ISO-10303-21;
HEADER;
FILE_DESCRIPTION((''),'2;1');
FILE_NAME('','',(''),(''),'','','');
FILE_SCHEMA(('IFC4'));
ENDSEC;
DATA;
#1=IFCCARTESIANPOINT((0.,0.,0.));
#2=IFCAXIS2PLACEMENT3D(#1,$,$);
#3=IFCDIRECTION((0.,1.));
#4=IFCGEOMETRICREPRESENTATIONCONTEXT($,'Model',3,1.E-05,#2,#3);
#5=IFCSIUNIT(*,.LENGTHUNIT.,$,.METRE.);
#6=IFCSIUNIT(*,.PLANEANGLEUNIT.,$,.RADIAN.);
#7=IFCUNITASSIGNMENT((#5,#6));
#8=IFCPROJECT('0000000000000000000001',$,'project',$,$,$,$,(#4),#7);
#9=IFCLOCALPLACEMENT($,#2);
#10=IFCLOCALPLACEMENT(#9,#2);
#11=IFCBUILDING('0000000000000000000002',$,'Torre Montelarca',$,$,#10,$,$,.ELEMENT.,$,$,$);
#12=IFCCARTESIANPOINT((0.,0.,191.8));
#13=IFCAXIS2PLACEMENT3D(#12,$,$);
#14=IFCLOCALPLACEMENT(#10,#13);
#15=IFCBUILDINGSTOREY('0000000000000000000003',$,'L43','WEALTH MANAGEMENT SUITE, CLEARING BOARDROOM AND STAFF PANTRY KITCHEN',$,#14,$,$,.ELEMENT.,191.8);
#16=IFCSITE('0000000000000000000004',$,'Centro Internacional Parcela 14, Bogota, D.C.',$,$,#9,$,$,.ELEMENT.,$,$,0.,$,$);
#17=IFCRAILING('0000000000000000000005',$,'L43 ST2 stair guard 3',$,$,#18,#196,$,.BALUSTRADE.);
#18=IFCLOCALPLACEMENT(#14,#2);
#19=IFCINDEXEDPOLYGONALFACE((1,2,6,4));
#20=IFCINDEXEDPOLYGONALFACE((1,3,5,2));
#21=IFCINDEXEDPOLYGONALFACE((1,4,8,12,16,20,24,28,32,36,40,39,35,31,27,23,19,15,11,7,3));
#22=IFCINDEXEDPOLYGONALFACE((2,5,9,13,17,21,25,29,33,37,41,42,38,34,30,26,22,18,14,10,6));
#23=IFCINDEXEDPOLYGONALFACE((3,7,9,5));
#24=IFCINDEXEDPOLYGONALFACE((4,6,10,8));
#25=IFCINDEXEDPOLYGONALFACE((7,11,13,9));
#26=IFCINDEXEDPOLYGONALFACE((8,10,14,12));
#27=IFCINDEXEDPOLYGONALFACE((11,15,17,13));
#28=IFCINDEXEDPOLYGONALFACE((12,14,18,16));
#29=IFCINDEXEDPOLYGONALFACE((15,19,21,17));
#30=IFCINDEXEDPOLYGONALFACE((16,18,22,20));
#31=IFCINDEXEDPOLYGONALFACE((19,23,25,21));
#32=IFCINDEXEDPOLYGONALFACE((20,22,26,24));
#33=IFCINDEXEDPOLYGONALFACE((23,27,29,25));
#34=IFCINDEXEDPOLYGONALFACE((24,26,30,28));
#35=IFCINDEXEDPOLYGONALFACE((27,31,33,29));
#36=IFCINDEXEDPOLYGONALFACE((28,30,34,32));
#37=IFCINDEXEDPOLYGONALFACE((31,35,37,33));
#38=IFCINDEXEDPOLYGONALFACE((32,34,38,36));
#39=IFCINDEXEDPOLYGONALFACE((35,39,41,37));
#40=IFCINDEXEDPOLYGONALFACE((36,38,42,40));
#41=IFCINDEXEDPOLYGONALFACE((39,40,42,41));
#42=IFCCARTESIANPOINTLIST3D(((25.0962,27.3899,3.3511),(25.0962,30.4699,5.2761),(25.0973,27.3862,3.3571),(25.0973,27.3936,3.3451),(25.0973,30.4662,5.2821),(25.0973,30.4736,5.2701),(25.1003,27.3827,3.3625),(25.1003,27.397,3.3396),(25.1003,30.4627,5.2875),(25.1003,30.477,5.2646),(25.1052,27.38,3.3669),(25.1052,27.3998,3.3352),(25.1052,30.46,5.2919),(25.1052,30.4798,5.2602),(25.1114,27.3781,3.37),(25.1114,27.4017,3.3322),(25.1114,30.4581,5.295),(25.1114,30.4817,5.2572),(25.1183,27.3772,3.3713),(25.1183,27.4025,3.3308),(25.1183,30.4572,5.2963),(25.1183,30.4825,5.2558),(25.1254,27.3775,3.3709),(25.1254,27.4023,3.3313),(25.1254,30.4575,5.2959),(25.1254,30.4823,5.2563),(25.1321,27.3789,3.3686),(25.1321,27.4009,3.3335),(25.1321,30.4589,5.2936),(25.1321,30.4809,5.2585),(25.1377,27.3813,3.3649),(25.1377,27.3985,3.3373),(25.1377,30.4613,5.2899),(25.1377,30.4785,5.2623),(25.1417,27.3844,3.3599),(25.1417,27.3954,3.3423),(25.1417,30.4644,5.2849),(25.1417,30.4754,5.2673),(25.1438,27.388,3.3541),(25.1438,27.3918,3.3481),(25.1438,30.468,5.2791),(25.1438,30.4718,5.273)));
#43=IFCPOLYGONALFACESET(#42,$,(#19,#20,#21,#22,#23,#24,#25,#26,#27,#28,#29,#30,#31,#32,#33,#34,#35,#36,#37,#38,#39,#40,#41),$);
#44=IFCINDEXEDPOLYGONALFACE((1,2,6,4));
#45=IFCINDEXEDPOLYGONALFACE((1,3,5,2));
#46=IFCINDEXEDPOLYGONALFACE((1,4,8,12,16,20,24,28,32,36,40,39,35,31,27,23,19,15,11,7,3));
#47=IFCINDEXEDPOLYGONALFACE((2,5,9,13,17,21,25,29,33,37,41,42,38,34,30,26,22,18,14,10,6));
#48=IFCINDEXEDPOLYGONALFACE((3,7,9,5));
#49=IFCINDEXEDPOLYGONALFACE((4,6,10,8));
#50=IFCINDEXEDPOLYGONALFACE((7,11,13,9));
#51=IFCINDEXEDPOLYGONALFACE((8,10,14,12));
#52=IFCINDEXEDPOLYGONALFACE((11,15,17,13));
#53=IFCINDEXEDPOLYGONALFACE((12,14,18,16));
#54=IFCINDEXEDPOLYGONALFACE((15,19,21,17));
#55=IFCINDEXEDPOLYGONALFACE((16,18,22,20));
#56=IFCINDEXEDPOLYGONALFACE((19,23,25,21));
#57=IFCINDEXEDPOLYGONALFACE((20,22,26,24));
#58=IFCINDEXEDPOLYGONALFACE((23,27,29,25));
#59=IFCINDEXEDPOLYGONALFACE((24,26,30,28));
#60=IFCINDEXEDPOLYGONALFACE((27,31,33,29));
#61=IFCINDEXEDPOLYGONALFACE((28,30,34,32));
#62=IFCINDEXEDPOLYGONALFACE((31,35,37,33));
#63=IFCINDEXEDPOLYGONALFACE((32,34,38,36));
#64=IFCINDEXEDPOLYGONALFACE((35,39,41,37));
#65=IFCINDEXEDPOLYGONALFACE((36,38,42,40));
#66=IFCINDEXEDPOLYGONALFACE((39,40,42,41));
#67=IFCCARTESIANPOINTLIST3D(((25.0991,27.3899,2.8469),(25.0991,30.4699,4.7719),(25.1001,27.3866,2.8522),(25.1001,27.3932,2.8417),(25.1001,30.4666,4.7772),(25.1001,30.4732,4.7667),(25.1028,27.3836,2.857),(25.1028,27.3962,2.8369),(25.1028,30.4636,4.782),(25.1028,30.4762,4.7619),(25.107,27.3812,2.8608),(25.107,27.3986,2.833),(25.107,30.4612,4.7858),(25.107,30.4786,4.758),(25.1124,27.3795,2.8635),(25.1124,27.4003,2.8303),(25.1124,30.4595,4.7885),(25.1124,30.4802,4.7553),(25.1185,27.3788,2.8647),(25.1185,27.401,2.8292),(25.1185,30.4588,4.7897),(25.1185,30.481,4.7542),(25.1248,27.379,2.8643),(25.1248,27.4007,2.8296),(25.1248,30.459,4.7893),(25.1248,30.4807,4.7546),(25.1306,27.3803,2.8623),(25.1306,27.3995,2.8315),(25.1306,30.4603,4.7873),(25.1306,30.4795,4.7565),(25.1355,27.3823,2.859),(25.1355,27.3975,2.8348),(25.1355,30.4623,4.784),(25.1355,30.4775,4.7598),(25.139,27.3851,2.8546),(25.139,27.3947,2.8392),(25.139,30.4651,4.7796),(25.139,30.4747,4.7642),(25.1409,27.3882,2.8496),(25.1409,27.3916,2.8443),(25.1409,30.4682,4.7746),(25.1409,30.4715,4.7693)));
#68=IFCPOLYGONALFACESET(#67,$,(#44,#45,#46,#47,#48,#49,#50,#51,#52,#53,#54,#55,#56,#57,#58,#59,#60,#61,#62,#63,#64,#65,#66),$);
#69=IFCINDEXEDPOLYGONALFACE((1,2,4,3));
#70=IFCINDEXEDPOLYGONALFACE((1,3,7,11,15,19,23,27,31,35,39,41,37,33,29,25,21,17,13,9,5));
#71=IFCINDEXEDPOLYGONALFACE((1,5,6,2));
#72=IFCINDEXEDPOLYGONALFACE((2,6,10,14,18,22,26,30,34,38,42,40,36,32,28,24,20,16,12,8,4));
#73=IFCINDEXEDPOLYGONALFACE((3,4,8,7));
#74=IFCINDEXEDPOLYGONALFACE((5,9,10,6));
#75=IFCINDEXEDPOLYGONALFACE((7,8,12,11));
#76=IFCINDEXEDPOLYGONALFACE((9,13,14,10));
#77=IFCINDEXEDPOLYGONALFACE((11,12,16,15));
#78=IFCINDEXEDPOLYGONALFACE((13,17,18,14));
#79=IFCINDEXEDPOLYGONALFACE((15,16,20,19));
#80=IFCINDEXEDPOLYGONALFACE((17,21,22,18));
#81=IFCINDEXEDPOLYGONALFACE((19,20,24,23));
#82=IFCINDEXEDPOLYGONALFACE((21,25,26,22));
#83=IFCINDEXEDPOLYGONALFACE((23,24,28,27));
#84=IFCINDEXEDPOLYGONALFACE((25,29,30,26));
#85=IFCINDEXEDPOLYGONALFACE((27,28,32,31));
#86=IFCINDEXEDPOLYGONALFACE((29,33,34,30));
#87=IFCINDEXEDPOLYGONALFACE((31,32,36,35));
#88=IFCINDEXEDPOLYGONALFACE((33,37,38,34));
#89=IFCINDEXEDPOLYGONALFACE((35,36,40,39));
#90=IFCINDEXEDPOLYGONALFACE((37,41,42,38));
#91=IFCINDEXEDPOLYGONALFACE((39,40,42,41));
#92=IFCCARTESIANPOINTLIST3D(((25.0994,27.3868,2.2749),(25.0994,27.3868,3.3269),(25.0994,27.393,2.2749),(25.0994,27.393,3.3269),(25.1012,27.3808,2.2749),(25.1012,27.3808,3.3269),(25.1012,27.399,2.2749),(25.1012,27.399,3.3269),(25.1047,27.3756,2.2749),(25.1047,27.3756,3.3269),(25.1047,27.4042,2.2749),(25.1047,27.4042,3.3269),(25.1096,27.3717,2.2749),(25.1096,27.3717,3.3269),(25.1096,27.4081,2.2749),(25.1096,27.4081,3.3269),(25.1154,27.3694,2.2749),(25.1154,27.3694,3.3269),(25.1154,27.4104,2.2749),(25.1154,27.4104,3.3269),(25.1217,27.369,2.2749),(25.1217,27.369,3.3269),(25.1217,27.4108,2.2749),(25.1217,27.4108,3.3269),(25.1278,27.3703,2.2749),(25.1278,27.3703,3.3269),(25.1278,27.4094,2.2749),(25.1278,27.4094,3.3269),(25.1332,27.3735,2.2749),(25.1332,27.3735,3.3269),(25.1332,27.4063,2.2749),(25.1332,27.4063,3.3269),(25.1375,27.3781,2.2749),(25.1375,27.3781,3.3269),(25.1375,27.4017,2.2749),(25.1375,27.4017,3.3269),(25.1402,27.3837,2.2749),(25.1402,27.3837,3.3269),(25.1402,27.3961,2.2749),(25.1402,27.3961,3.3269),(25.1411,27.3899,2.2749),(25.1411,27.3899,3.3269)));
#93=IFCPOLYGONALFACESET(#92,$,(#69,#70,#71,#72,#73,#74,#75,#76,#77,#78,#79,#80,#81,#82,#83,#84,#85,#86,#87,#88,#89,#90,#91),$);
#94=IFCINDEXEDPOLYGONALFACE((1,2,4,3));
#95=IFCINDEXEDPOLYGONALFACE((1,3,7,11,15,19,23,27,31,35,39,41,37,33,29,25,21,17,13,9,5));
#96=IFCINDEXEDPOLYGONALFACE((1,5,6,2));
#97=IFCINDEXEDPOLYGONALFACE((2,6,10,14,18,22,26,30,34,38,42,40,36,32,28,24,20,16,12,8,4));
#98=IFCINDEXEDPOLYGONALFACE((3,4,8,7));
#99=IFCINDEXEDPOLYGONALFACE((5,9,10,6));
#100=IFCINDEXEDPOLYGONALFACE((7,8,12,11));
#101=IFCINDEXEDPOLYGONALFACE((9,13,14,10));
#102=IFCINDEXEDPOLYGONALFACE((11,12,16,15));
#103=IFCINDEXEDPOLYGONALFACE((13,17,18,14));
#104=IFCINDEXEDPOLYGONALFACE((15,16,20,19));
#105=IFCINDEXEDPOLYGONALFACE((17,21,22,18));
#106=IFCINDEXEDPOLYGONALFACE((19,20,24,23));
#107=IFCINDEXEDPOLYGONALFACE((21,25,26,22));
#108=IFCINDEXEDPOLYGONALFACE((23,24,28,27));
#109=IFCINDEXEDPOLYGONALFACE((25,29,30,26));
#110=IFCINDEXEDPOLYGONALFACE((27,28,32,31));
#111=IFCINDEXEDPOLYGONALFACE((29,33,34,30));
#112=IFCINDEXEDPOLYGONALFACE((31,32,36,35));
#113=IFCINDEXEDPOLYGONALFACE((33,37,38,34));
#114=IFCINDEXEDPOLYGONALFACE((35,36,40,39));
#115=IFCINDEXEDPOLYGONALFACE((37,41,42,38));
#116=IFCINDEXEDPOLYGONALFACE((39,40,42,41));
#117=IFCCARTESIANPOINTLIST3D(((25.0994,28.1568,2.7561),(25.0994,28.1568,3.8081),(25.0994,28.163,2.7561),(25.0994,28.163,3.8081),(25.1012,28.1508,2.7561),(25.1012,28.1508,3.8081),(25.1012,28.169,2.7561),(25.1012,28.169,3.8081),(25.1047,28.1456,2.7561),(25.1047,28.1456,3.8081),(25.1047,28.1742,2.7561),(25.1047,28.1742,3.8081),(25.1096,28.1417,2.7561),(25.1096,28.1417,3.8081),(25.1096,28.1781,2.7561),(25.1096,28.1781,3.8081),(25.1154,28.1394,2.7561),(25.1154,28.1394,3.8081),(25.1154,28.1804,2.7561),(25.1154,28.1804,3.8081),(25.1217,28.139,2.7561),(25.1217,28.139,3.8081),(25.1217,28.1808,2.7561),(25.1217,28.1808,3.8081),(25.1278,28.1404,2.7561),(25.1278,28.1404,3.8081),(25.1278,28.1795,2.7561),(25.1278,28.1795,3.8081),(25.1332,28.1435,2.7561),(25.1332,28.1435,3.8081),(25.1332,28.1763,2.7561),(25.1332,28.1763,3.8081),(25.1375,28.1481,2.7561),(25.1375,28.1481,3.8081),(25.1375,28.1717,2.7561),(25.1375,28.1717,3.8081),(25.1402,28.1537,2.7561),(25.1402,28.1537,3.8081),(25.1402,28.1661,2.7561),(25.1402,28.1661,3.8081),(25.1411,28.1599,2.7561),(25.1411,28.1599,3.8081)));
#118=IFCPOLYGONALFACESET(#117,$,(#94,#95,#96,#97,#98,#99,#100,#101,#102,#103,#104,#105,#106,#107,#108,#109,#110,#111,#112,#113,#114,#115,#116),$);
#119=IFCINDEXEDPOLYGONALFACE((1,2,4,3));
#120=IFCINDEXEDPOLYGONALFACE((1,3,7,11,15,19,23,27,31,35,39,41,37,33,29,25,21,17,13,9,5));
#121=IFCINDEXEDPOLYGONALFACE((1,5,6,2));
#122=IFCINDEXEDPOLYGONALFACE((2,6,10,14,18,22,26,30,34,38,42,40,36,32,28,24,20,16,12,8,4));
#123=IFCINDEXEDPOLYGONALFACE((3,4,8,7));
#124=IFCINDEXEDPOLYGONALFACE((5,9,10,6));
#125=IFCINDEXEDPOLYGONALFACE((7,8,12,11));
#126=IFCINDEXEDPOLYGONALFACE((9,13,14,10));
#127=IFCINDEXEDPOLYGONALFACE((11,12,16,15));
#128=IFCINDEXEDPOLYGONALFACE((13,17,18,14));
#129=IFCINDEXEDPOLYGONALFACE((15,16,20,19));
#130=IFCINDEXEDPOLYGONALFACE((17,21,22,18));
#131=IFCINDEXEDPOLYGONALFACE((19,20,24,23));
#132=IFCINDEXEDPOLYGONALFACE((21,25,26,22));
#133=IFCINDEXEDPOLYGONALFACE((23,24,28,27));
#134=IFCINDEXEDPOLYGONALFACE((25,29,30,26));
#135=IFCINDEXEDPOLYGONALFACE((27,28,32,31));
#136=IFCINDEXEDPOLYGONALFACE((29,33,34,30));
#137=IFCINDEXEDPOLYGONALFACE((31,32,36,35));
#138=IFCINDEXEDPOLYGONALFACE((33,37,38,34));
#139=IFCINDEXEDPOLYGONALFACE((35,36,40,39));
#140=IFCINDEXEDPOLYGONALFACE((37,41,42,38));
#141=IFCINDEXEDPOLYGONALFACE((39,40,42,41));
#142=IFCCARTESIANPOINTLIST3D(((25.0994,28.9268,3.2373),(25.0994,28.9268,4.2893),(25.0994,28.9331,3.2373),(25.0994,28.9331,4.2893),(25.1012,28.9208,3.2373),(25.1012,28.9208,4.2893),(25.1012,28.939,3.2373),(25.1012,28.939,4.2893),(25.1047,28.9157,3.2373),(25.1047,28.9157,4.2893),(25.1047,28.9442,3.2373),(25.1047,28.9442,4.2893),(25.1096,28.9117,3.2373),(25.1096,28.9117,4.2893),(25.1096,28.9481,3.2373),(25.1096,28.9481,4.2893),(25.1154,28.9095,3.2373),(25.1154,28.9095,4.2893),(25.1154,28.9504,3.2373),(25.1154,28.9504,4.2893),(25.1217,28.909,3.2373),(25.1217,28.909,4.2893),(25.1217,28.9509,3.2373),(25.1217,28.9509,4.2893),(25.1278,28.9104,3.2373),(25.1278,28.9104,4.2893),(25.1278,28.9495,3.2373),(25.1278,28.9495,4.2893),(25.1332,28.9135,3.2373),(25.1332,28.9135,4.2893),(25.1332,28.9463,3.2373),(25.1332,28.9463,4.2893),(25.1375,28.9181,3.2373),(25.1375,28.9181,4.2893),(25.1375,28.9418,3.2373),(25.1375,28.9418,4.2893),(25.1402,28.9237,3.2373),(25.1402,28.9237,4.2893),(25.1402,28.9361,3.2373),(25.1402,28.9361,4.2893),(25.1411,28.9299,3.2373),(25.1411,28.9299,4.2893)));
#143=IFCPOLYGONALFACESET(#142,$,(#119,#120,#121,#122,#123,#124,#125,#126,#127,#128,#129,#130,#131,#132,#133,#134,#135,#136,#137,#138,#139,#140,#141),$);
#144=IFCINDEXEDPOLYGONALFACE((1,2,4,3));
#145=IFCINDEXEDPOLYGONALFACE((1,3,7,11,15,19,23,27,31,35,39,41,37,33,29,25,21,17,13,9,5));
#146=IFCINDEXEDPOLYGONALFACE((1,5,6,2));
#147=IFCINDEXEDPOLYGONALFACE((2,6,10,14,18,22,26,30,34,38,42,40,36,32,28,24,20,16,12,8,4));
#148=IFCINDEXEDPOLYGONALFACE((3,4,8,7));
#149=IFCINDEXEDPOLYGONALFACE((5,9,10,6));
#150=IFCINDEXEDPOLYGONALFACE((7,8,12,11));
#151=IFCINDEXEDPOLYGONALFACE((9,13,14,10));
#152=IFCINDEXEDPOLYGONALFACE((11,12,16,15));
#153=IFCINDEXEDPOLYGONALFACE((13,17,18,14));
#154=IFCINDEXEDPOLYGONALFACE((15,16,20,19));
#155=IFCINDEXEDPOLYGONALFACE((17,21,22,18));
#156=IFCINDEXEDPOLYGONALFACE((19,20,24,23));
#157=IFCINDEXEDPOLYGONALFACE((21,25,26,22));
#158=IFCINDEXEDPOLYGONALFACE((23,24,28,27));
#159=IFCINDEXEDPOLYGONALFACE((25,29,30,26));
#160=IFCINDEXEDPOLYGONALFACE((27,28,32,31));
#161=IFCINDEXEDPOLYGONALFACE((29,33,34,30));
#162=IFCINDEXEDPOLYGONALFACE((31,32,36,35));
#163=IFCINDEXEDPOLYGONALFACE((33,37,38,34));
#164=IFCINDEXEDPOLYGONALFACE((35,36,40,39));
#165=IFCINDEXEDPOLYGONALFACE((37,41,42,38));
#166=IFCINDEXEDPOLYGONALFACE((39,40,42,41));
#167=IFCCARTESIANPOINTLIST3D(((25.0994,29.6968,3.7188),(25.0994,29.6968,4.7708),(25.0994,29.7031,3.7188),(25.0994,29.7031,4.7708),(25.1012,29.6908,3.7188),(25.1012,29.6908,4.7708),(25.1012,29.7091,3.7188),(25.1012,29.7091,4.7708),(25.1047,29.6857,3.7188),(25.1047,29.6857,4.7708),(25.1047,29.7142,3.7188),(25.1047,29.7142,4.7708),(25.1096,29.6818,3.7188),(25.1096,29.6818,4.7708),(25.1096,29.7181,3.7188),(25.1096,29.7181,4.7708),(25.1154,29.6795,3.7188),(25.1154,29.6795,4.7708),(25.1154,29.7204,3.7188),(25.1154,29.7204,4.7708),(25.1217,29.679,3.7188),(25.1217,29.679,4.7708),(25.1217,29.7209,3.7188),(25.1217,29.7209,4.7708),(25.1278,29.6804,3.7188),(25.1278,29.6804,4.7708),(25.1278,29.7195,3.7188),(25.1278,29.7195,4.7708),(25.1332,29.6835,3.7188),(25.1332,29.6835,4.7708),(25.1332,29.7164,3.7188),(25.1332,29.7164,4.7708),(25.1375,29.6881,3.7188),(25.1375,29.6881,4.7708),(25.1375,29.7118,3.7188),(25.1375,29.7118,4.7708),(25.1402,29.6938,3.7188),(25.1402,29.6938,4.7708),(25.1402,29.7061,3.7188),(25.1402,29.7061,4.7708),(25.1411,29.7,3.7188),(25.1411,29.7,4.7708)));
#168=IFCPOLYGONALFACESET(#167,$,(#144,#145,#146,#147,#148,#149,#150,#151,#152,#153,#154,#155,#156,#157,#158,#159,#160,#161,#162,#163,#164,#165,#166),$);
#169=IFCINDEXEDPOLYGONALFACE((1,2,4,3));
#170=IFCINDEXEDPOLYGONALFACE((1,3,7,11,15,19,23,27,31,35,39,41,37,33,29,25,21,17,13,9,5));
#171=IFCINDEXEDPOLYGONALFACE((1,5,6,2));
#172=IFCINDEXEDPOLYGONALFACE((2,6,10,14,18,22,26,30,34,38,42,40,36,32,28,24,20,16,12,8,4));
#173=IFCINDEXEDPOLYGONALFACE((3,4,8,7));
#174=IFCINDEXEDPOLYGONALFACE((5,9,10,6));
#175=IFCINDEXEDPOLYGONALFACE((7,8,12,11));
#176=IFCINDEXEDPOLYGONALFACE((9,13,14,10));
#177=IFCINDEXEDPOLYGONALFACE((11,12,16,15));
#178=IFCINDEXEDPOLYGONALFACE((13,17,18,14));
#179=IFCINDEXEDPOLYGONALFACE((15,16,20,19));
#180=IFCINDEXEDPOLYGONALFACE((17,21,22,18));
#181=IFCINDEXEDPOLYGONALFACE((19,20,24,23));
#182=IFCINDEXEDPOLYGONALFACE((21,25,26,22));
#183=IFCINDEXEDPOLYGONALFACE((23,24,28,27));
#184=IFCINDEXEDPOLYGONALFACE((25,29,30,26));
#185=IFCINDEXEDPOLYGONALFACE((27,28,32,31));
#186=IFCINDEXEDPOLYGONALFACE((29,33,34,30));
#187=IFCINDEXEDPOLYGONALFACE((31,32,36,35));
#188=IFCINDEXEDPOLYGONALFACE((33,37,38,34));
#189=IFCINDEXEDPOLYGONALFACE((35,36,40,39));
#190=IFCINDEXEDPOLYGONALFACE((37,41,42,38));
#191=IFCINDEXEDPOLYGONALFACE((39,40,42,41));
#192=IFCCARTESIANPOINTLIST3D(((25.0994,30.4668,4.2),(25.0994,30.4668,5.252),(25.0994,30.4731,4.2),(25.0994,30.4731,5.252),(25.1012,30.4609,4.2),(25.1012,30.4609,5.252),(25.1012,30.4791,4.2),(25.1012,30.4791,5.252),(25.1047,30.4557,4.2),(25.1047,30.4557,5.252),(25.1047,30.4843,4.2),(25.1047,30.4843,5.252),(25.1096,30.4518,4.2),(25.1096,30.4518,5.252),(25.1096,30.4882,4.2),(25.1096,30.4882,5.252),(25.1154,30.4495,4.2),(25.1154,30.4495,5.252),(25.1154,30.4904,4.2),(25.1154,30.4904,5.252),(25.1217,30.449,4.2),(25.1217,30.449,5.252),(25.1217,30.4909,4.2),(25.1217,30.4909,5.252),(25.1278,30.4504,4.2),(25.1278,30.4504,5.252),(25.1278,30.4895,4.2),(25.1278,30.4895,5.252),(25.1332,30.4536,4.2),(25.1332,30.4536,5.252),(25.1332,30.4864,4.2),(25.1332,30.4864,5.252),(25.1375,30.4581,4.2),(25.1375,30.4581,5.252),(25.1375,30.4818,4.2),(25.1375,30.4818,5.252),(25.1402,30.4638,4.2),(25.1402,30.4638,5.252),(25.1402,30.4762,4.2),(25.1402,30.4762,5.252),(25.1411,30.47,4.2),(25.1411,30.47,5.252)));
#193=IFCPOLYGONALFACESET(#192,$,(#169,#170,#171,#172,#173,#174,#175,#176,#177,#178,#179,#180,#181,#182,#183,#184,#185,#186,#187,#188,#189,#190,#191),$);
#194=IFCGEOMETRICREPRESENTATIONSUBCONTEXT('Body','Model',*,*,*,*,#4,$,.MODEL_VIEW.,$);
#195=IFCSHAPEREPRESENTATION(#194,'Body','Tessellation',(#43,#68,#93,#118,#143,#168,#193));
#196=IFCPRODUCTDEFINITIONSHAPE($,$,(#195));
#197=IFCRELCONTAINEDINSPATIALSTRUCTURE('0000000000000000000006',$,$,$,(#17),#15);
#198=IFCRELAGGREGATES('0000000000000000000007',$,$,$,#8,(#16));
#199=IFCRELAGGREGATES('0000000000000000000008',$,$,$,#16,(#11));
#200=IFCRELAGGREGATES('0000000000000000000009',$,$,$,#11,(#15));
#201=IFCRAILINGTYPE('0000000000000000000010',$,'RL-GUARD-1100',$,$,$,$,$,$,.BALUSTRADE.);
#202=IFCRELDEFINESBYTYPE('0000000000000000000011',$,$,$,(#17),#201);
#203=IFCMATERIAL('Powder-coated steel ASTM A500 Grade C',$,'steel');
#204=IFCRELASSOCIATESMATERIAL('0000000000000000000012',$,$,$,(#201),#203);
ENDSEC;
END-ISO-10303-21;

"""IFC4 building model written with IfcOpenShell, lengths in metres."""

from ifc_helpers import new_model, si_unit, direction, frame, origin, origin_2d, place, context, subcontext, project, spatial, circle, extrude, material, type_object, element, save


model = new_model("IFC4")

# Units and contexts
model_context = context("Model", 3, precision=1e-05, world=origin(), true_north=direction((0.0, 1.0)))
body_context = subcontext(model_context, "Body", "Model", "MODEL_VIEW")
ifc_project = project(units=[si_unit("LENGTHUNIT", "METRE"), si_unit("PLANEANGLEUNIT", "RADIAN")], contexts=[model_context])

# Site, building, storey
site_placement = place(None, origin())
site = spatial("IfcSite", under=ifc_project, at=site_placement, Name="Centro Internacional Parcela 14, Bogota, D.C.", CompositionType="ELEMENT", RefElevation=0.0)
building_placement = place(site_placement, origin())
building = spatial("IfcBuilding", under=site, at=building_placement, Name="Torre Montelarca", CompositionType="ELEMENT")
storey_placement = place(building_placement, frame((0.0, 0.0, 191.8)))
storey = spatial("IfcBuildingStorey", under=building, at=storey_placement, Name="L43", Description="WEALTH MANAGEMENT SUITE, CLEARING BOARDROOM AND STAFF PANTRY KITCHEN", CompositionType="ELEMENT", Elevation=191.8)

# Railing
ifc_material_1 = material(Name="Powder-coated steel ASTM A500 Grade C", Category="steel")
railing_type_1 = type_object("IfcRailingType", Name="RL-GUARD-1100", PredefinedType="BALUSTRADE", material=ifc_material_1)
railing_1_placement = place(storey_placement, frame((25.1201, 27.3899, 2.2749)))
element("IfcRailing", 1, at=railing_1_placement, inside=storey, type_object=railing_type_1, Name="L43 ST2 stair guard 3", PredefinedType="BALUSTRADE", context=body_context, shape_type="SweptSolid", body=[
    extrude(circle(Radius=0.0239, at=origin_2d()), frame((0.0, 0.0, 1.0762), z_axis=(0.0, 0.847998, 0.529999), x_axis=(-1.0, 0.0, 0.0)), (0.0, 0.0, 1.0), 3.6321),
    extrude(circle(Radius=0.021, at=origin_2d()), frame((0.0, 0.0, 0.572), z_axis=(0.0, 0.847998, 0.529999), x_axis=(-1.0, 0.0, 0.0)), (0.0, 0.0, 1.0), 3.6321),
    extrude(circle(Radius=0.021, at=origin_2d()), origin(), (0.0, 0.0, 1.0), 1.052),
    extrude(circle(Radius=0.021, at=origin_2d()), frame((0.0, 0.77, 0.4812)), (0.0, 0.0, 1.0), 1.052),
    extrude(circle(Radius=0.021, at=origin_2d()), frame((0.0, 1.54, 0.9624)), (0.0, 0.0, 1.0), 1.052),
    extrude(circle(Radius=0.021, at=origin_2d()), frame((0.0, 2.3101, 1.4438)), (0.0, 0.0, 1.0), 1.052),
    extrude(circle(Radius=0.021, at=origin_2d()), frame((0.0, 3.0801, 1.925)), (0.0, 0.0, 1.0), 1.052),
])

save(model, "model.ifc")
